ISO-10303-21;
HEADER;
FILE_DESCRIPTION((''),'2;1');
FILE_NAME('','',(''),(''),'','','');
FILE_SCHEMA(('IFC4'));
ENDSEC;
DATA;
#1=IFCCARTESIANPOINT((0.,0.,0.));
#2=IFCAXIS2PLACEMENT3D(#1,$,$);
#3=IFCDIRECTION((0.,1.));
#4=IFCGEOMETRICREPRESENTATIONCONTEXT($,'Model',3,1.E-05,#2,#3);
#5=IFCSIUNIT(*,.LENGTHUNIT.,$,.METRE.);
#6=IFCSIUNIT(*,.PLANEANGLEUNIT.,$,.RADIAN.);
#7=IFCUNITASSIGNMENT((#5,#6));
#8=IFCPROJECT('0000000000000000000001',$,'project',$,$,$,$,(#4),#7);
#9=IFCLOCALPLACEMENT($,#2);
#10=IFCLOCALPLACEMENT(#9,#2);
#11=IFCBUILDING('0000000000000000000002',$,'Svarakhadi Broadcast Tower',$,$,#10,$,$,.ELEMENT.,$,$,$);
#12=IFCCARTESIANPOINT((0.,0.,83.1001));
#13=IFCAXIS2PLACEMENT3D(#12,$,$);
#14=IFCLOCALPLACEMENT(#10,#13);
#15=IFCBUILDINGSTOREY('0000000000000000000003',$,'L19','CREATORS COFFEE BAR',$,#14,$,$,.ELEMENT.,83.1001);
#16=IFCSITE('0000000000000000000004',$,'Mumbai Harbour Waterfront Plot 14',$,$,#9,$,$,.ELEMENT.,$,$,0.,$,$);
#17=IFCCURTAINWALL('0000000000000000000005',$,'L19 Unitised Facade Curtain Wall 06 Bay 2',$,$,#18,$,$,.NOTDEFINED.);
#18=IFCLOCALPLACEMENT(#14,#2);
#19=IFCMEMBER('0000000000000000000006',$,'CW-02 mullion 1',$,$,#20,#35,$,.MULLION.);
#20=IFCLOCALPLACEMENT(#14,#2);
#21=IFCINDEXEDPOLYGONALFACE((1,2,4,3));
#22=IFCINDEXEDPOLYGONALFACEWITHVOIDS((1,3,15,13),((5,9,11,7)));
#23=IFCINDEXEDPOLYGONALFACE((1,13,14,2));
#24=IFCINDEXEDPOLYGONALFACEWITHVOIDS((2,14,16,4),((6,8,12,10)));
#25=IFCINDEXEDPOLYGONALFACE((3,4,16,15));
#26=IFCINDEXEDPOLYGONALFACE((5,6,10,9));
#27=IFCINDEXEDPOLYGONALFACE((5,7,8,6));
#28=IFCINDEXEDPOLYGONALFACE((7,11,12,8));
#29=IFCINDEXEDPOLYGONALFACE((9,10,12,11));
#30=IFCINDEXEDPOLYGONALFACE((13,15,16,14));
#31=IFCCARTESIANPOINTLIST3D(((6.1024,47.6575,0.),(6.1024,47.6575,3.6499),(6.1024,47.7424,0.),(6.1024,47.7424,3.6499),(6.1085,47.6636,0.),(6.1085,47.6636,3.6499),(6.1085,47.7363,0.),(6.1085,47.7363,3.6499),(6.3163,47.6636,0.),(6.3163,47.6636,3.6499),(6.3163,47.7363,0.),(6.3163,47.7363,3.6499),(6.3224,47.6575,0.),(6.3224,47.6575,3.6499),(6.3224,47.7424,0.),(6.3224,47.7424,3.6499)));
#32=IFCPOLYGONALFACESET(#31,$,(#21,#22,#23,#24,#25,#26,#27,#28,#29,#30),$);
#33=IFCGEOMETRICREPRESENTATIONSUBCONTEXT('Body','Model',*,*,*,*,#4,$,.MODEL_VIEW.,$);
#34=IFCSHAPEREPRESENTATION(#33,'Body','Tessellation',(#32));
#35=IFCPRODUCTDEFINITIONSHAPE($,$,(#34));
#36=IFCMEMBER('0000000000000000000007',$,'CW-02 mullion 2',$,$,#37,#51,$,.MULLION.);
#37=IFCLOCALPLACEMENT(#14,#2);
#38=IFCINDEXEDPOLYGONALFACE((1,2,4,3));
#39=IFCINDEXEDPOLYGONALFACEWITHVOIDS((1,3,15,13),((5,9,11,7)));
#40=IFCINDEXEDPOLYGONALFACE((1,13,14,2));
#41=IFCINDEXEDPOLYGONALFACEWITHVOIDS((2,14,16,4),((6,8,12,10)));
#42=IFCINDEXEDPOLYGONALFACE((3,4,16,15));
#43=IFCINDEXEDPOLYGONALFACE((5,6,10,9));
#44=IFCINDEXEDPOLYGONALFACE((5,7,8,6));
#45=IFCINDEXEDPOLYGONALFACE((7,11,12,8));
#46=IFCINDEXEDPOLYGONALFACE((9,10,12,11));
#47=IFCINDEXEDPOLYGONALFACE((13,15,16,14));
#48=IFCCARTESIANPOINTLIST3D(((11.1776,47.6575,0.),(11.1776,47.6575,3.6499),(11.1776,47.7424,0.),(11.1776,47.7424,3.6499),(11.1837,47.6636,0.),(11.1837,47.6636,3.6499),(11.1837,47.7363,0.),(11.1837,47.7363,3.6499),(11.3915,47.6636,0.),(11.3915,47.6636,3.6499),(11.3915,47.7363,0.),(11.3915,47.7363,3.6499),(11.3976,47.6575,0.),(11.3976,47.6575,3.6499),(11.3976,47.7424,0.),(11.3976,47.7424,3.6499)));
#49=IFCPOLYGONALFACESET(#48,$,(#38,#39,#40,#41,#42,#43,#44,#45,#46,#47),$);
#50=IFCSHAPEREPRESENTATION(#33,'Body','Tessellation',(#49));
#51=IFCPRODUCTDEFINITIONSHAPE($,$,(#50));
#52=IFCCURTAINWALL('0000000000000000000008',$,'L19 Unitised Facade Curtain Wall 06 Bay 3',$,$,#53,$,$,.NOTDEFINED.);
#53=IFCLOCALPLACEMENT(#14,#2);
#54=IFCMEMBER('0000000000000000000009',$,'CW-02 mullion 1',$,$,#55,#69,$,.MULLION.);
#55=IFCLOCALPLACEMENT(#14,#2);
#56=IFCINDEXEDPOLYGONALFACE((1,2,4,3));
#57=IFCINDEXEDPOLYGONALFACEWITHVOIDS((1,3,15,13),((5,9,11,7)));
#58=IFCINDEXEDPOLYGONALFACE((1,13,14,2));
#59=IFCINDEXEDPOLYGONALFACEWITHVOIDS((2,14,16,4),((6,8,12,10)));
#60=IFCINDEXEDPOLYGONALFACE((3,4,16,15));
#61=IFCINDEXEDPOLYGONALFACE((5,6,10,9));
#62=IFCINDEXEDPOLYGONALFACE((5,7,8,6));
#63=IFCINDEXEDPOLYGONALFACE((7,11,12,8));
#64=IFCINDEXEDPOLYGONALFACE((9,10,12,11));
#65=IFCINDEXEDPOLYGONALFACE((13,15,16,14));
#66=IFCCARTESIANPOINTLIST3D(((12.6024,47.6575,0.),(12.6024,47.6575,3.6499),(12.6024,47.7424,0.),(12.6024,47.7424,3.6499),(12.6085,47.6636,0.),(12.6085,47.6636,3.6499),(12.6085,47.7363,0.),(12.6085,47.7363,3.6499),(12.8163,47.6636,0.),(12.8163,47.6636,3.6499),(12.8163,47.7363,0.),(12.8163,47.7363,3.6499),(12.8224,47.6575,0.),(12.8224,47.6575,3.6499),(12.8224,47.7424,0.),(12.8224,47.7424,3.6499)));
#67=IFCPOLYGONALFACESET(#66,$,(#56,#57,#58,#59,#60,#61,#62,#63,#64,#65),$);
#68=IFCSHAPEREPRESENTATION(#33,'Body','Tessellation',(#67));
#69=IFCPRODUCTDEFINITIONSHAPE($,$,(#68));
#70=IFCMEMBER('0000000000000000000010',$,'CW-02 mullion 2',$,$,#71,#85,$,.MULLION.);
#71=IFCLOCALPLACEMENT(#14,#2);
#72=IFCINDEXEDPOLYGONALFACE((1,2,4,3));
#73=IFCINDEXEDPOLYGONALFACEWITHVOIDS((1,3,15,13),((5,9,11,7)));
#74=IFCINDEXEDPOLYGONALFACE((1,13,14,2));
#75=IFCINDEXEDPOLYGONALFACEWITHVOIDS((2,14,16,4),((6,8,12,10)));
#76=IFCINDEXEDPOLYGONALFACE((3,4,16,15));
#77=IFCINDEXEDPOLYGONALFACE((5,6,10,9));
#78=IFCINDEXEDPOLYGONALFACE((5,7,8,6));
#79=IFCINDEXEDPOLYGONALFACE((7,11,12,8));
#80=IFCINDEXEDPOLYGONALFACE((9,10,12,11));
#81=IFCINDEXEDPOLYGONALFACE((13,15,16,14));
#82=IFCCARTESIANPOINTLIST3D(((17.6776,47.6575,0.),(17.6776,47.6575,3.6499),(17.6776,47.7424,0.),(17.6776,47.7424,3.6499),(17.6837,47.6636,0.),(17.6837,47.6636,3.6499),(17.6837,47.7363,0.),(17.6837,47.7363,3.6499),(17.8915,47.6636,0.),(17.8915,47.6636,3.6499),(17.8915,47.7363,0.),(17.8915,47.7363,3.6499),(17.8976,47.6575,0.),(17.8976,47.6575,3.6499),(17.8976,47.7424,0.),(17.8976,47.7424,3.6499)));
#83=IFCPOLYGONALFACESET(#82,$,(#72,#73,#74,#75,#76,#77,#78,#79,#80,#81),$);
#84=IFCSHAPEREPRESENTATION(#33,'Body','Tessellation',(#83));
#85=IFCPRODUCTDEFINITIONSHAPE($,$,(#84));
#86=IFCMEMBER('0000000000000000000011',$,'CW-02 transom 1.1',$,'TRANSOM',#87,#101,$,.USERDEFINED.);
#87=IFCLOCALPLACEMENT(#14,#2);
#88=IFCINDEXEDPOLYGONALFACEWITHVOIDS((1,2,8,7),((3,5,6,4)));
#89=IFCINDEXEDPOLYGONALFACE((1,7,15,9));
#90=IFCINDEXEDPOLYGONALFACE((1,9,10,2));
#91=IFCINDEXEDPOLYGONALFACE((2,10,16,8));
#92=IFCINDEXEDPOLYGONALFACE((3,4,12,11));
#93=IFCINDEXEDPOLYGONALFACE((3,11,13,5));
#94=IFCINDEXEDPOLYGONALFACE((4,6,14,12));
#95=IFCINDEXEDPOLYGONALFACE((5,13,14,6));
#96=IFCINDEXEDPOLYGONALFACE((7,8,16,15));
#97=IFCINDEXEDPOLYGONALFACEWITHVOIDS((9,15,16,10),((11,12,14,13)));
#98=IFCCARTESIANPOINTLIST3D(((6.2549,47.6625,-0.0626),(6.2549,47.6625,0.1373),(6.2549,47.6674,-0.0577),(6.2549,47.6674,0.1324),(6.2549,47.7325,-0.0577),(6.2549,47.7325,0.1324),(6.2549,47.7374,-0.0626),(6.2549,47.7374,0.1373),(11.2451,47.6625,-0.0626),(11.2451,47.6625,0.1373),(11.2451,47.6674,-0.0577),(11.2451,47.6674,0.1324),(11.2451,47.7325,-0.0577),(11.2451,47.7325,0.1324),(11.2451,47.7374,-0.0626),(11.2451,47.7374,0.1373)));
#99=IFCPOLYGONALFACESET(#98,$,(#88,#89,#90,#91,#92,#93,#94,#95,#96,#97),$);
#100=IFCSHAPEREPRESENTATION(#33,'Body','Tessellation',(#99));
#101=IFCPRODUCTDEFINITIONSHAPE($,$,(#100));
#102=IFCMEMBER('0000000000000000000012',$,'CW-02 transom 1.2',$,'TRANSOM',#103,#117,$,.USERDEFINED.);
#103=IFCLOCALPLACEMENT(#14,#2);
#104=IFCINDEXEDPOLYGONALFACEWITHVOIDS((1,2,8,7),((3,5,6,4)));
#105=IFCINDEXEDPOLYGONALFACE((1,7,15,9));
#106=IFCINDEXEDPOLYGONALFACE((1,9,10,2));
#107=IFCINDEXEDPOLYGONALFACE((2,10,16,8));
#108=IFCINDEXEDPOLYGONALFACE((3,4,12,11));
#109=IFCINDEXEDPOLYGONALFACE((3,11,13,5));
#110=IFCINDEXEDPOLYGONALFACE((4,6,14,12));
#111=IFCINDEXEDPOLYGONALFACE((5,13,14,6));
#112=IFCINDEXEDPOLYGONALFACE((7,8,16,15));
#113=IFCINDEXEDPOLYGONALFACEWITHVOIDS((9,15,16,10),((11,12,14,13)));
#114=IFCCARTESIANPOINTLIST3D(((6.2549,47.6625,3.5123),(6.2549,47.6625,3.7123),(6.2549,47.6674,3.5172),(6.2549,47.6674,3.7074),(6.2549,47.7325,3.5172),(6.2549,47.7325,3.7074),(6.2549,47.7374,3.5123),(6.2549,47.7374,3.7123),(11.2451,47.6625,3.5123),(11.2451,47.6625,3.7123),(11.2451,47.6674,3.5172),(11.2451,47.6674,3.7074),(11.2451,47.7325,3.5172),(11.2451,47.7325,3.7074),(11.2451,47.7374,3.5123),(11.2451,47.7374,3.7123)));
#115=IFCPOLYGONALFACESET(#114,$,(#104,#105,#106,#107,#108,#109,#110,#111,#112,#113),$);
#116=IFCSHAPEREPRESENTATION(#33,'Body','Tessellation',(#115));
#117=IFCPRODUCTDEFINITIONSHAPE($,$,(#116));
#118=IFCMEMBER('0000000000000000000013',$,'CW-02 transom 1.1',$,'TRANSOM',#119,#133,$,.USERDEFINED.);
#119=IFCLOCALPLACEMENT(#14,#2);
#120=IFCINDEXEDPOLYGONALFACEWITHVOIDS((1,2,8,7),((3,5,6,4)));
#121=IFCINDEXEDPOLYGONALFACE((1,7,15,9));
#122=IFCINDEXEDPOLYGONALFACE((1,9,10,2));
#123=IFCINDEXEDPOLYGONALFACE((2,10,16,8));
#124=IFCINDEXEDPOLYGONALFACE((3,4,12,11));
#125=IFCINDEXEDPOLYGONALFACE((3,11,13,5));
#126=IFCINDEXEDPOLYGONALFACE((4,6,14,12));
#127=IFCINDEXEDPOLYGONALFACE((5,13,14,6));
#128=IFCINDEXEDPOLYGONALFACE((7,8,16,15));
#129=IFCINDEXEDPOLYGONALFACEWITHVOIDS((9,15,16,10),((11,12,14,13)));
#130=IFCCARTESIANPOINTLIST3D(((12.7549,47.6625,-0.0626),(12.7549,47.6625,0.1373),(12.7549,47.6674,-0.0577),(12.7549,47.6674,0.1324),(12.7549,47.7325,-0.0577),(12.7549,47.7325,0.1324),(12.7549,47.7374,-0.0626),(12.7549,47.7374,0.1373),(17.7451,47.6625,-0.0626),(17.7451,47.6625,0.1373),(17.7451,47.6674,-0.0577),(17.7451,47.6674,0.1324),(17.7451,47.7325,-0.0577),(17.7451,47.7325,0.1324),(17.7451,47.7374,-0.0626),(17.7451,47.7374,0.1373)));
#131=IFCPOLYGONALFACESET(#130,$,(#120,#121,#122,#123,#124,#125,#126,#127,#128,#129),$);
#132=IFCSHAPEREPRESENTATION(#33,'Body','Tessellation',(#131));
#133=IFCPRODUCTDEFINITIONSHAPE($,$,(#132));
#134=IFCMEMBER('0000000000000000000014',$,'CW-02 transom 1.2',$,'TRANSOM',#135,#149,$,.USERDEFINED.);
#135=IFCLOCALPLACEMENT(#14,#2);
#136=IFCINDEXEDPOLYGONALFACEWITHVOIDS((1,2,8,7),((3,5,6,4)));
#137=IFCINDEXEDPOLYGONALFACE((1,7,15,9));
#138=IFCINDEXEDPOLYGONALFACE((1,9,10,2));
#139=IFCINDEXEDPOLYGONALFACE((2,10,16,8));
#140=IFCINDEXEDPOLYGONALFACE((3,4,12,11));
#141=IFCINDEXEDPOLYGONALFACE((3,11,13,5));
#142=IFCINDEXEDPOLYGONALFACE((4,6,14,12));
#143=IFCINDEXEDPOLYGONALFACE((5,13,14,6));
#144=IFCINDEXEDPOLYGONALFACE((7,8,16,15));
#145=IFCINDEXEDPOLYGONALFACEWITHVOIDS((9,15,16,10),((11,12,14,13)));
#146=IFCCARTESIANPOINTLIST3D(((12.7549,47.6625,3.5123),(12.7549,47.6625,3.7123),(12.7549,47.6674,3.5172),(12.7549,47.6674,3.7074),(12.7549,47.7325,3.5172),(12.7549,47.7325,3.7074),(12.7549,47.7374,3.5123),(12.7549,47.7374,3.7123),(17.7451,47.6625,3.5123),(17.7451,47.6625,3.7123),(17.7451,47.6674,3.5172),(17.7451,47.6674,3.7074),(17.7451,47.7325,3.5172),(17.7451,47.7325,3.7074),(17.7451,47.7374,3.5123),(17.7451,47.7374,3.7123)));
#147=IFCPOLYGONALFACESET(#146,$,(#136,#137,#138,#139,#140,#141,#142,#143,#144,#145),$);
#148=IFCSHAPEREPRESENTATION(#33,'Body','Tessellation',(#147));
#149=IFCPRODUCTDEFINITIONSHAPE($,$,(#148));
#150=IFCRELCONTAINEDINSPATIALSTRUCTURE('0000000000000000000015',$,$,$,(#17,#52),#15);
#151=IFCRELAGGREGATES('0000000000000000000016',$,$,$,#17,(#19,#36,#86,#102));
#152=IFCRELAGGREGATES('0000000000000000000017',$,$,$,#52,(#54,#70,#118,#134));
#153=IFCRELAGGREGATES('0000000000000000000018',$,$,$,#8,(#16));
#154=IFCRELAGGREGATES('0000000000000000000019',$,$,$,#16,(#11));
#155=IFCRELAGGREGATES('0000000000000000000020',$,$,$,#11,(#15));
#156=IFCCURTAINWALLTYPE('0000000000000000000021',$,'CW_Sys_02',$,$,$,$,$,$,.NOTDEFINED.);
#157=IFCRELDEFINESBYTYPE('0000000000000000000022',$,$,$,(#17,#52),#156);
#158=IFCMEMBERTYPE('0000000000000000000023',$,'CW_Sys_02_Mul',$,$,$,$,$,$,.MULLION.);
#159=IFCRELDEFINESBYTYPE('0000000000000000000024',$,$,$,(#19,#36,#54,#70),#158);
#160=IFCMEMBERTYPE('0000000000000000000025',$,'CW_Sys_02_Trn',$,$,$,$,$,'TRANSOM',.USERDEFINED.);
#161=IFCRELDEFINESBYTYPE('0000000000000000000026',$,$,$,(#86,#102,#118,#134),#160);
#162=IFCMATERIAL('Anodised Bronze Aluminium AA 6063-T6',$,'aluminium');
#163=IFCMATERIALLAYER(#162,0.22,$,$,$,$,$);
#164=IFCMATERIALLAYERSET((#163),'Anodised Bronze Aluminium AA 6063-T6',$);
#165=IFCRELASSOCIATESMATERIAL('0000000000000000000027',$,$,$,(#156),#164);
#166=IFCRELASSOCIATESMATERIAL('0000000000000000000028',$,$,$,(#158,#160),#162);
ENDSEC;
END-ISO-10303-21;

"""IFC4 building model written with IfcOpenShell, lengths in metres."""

from ifc_helpers import new_model, si_unit, direction, frame, origin, origin_2d, place, context, subcontext, project, spatial, hollow_rectangle, extrude, material, layer, layer_set, material_profile, profile_set, type_object, element, aggregate, save


model = new_model("IFC4")

# Units and contexts
model_context = context("Model", 3, precision=1e-05, world=origin(), true_north=direction((0.0, 1.0)))
body_context = subcontext(model_context, "Body", "Model", "MODEL_VIEW")
ifc_project = project(units=[si_unit("LENGTHUNIT", "METRE"), si_unit("PLANEANGLEUNIT", "RADIAN")], contexts=[model_context])

# Site, building, storey
site_placement = place(None, origin())
site = spatial("IfcSite", under=ifc_project, at=site_placement, Name="Mumbai Harbour Waterfront Plot 14", CompositionType="ELEMENT", RefElevation=0.0)
building_placement = place(site_placement, origin())
building = spatial("IfcBuilding", under=site, at=building_placement, Name="Svarakhadi Broadcast Tower", CompositionType="ELEMENT")
storey_placement = place(building_placement, frame((0.0, 0.0, 83.1001)))
storey = spatial("IfcBuildingStorey", under=building, at=storey_placement, Name="L19", Description="CREATORS COFFEE BAR", CompositionType="ELEMENT", Elevation=83.1001)

# Curtain walls, members
ifc_material_1 = material(Name="Anodised Bronze Aluminium AA 6063-T6", Category="aluminium")
ifc_layer_1 = layer(ifc_material_1, 0.22)
ifc_layer_set_1 = layer_set([ifc_layer_1], Name="Anodised Bronze Aluminium AA 6063-T6")
curtain_wall_type = type_object("IfcCurtainWallType", Name="CW_Sys_02", PredefinedType="NOTDEFINED", material=ifc_layer_set_1)
curtain_wall_1_placement = place(storey_placement, origin())
curtain_wall_1 = element("IfcCurtainWall", 1, at=curtain_wall_1_placement, inside=storey, type_object=curtain_wall_type, Name="L19 Unitised Facade Curtain Wall 06 Bay 2", PredefinedType="NOTDEFINED")
ifc_material_profile_1 = material_profile(ifc_material_1, hollow_rectangle(XDim=0.085, YDim=0.22, WallThickness=0.0061, at=origin_2d()), Name="ALU MULLION 220x85x6")
ifc_profile_set_1 = profile_set([ifc_material_profile_1], Name="Anodised Bronze Aluminium AA 6063-T6")
member_type_1 = type_object("IfcMemberType", Name="CW_Sys_02_Mul", PredefinedType="MULLION", material=ifc_profile_set_1)
member_1_placement = place(storey_placement, frame((6.2124, 47.7, 0.0), z_axis=(0.0, 0.0, 1.0), x_axis=(0.0, 1.0, 0.0)))
member_1 = element("IfcMember", 2, at=member_1_placement, type_object=member_type_1, Name="CW-02 mullion 1", PredefinedType="MULLION", context=body_context, shape_type="SweptSolid", body=[
    extrude(hollow_rectangle(XDim=0.085, YDim=0.22, WallThickness=0.0061, at=origin_2d()), origin(), (0.0, 0.0, 1.0), 3.6499),
])
member_2_placement = place(storey_placement, frame((11.2876, 47.7, 0.0), z_axis=(0.0, 0.0, 1.0), x_axis=(0.0, 1.0, 0.0)))
member_2 = element("IfcMember", 3, at=member_2_placement, type_object=member_type_1, Name="CW-02 mullion 2", PredefinedType="MULLION", context=body_context, shape_type="SweptSolid", body=[
    extrude(hollow_rectangle(XDim=0.085, YDim=0.22, WallThickness=0.0061, at=origin_2d()), origin(), (0.0, 0.0, 1.0), 3.6499),
])
curtain_wall_2_placement = place(storey_placement, origin())
curtain_wall_2 = element("IfcCurtainWall", 4, at=curtain_wall_2_placement, inside=storey, type_object=curtain_wall_type, Name="L19 Unitised Facade Curtain Wall 06 Bay 3", PredefinedType="NOTDEFINED")
member_3_placement = place(storey_placement, frame((12.7124, 47.7, 0.0), z_axis=(0.0, 0.0, 1.0), x_axis=(0.0, 1.0, 0.0)))
member_3 = element("IfcMember", 5, at=member_3_placement, type_object=member_type_1, Name="CW-02 mullion 1", PredefinedType="MULLION", context=body_context, shape_type="SweptSolid", body=[
    extrude(hollow_rectangle(XDim=0.085, YDim=0.22, WallThickness=0.0061, at=origin_2d()), origin(), (0.0, 0.0, 1.0), 3.6499),
])
member_4_placement = place(storey_placement, frame((17.7876, 47.7, 0.0), z_axis=(0.0, 0.0, 1.0), x_axis=(0.0, 1.0, 0.0)))
member_4 = element("IfcMember", 6, at=member_4_placement, type_object=member_type_1, Name="CW-02 mullion 2", PredefinedType="MULLION", context=body_context, shape_type="SweptSolid", body=[
    extrude(hollow_rectangle(XDim=0.085, YDim=0.22, WallThickness=0.0061, at=origin_2d()), origin(), (0.0, 0.0, 1.0), 3.6499),
])

# Members
ifc_material_profile_2 = material_profile(ifc_material_1, hollow_rectangle(XDim=0.075, YDim=0.2, WallThickness=0.0049, at=origin_2d()), Name="ALU TRANSOM 200x75x5")
ifc_profile_set_2 = profile_set([ifc_material_profile_2], Name="Anodised Bronze Aluminium AA 6063-T6")
member_type_2 = type_object("IfcMemberType", Name="CW_Sys_02_Trn", ElementType="TRANSOM", PredefinedType="USERDEFINED", material=ifc_profile_set_2)
member_5_placement = place(storey_placement, frame((6.2549, 47.7, 0.0374), z_axis=(1.0, 0.0, 0.0), x_axis=(0.0, 1.0, 0.0)))
member_5 = element("IfcMember", 7, at=member_5_placement, type_object=member_type_2, Name="CW-02 transom 1.1", ObjectType="TRANSOM", PredefinedType="USERDEFINED", context=body_context, shape_type="SweptSolid", body=[
    extrude(hollow_rectangle(XDim=0.075, YDim=0.2, WallThickness=0.0049, at=origin_2d()), origin(), (0.0, 0.0, 1.0), 4.9902),
])
member_6_placement = place(storey_placement, frame((6.2549, 47.7, 3.6123), z_axis=(1.0, 0.0, 0.0), x_axis=(0.0, 1.0, 0.0)))
member_6 = element("IfcMember", 8, at=member_6_placement, type_object=member_type_2, Name="CW-02 transom 1.2", ObjectType="TRANSOM", PredefinedType="USERDEFINED", context=body_context, shape_type="SweptSolid", body=[
    extrude(hollow_rectangle(XDim=0.075, YDim=0.2, WallThickness=0.0049, at=origin_2d()), origin(), (0.0, 0.0, 1.0), 4.9902),
])
member_7_placement = place(storey_placement, frame((12.7549, 47.7, 0.0374), z_axis=(1.0, 0.0, 0.0), x_axis=(0.0, 1.0, 0.0)))
member_7 = element("IfcMember", 9, at=member_7_placement, type_object=member_type_2, Name="CW-02 transom 1.1", ObjectType="TRANSOM", PredefinedType="USERDEFINED", context=body_context, shape_type="SweptSolid", body=[
    extrude(hollow_rectangle(XDim=0.075, YDim=0.2, WallThickness=0.0049, at=origin_2d()), origin(), (0.0, 0.0, 1.0), 4.9902),
])
member_8_placement = place(storey_placement, frame((12.7549, 47.7, 3.6123), z_axis=(1.0, 0.0, 0.0), x_axis=(0.0, 1.0, 0.0)))
member_8 = element("IfcMember", 10, at=member_8_placement, type_object=member_type_2, Name="CW-02 transom 1.2", ObjectType="TRANSOM", PredefinedType="USERDEFINED", context=body_context, shape_type="SweptSolid", body=[
    extrude(hollow_rectangle(XDim=0.075, YDim=0.2, WallThickness=0.0049, at=origin_2d()), origin(), (0.0, 0.0, 1.0), 4.9902),
])

aggregate(curtain_wall_1, [member_1, member_2, member_5, member_6])
aggregate(curtain_wall_2, [member_3, member_4, member_7, member_8])

save(model, "model.ifc")
